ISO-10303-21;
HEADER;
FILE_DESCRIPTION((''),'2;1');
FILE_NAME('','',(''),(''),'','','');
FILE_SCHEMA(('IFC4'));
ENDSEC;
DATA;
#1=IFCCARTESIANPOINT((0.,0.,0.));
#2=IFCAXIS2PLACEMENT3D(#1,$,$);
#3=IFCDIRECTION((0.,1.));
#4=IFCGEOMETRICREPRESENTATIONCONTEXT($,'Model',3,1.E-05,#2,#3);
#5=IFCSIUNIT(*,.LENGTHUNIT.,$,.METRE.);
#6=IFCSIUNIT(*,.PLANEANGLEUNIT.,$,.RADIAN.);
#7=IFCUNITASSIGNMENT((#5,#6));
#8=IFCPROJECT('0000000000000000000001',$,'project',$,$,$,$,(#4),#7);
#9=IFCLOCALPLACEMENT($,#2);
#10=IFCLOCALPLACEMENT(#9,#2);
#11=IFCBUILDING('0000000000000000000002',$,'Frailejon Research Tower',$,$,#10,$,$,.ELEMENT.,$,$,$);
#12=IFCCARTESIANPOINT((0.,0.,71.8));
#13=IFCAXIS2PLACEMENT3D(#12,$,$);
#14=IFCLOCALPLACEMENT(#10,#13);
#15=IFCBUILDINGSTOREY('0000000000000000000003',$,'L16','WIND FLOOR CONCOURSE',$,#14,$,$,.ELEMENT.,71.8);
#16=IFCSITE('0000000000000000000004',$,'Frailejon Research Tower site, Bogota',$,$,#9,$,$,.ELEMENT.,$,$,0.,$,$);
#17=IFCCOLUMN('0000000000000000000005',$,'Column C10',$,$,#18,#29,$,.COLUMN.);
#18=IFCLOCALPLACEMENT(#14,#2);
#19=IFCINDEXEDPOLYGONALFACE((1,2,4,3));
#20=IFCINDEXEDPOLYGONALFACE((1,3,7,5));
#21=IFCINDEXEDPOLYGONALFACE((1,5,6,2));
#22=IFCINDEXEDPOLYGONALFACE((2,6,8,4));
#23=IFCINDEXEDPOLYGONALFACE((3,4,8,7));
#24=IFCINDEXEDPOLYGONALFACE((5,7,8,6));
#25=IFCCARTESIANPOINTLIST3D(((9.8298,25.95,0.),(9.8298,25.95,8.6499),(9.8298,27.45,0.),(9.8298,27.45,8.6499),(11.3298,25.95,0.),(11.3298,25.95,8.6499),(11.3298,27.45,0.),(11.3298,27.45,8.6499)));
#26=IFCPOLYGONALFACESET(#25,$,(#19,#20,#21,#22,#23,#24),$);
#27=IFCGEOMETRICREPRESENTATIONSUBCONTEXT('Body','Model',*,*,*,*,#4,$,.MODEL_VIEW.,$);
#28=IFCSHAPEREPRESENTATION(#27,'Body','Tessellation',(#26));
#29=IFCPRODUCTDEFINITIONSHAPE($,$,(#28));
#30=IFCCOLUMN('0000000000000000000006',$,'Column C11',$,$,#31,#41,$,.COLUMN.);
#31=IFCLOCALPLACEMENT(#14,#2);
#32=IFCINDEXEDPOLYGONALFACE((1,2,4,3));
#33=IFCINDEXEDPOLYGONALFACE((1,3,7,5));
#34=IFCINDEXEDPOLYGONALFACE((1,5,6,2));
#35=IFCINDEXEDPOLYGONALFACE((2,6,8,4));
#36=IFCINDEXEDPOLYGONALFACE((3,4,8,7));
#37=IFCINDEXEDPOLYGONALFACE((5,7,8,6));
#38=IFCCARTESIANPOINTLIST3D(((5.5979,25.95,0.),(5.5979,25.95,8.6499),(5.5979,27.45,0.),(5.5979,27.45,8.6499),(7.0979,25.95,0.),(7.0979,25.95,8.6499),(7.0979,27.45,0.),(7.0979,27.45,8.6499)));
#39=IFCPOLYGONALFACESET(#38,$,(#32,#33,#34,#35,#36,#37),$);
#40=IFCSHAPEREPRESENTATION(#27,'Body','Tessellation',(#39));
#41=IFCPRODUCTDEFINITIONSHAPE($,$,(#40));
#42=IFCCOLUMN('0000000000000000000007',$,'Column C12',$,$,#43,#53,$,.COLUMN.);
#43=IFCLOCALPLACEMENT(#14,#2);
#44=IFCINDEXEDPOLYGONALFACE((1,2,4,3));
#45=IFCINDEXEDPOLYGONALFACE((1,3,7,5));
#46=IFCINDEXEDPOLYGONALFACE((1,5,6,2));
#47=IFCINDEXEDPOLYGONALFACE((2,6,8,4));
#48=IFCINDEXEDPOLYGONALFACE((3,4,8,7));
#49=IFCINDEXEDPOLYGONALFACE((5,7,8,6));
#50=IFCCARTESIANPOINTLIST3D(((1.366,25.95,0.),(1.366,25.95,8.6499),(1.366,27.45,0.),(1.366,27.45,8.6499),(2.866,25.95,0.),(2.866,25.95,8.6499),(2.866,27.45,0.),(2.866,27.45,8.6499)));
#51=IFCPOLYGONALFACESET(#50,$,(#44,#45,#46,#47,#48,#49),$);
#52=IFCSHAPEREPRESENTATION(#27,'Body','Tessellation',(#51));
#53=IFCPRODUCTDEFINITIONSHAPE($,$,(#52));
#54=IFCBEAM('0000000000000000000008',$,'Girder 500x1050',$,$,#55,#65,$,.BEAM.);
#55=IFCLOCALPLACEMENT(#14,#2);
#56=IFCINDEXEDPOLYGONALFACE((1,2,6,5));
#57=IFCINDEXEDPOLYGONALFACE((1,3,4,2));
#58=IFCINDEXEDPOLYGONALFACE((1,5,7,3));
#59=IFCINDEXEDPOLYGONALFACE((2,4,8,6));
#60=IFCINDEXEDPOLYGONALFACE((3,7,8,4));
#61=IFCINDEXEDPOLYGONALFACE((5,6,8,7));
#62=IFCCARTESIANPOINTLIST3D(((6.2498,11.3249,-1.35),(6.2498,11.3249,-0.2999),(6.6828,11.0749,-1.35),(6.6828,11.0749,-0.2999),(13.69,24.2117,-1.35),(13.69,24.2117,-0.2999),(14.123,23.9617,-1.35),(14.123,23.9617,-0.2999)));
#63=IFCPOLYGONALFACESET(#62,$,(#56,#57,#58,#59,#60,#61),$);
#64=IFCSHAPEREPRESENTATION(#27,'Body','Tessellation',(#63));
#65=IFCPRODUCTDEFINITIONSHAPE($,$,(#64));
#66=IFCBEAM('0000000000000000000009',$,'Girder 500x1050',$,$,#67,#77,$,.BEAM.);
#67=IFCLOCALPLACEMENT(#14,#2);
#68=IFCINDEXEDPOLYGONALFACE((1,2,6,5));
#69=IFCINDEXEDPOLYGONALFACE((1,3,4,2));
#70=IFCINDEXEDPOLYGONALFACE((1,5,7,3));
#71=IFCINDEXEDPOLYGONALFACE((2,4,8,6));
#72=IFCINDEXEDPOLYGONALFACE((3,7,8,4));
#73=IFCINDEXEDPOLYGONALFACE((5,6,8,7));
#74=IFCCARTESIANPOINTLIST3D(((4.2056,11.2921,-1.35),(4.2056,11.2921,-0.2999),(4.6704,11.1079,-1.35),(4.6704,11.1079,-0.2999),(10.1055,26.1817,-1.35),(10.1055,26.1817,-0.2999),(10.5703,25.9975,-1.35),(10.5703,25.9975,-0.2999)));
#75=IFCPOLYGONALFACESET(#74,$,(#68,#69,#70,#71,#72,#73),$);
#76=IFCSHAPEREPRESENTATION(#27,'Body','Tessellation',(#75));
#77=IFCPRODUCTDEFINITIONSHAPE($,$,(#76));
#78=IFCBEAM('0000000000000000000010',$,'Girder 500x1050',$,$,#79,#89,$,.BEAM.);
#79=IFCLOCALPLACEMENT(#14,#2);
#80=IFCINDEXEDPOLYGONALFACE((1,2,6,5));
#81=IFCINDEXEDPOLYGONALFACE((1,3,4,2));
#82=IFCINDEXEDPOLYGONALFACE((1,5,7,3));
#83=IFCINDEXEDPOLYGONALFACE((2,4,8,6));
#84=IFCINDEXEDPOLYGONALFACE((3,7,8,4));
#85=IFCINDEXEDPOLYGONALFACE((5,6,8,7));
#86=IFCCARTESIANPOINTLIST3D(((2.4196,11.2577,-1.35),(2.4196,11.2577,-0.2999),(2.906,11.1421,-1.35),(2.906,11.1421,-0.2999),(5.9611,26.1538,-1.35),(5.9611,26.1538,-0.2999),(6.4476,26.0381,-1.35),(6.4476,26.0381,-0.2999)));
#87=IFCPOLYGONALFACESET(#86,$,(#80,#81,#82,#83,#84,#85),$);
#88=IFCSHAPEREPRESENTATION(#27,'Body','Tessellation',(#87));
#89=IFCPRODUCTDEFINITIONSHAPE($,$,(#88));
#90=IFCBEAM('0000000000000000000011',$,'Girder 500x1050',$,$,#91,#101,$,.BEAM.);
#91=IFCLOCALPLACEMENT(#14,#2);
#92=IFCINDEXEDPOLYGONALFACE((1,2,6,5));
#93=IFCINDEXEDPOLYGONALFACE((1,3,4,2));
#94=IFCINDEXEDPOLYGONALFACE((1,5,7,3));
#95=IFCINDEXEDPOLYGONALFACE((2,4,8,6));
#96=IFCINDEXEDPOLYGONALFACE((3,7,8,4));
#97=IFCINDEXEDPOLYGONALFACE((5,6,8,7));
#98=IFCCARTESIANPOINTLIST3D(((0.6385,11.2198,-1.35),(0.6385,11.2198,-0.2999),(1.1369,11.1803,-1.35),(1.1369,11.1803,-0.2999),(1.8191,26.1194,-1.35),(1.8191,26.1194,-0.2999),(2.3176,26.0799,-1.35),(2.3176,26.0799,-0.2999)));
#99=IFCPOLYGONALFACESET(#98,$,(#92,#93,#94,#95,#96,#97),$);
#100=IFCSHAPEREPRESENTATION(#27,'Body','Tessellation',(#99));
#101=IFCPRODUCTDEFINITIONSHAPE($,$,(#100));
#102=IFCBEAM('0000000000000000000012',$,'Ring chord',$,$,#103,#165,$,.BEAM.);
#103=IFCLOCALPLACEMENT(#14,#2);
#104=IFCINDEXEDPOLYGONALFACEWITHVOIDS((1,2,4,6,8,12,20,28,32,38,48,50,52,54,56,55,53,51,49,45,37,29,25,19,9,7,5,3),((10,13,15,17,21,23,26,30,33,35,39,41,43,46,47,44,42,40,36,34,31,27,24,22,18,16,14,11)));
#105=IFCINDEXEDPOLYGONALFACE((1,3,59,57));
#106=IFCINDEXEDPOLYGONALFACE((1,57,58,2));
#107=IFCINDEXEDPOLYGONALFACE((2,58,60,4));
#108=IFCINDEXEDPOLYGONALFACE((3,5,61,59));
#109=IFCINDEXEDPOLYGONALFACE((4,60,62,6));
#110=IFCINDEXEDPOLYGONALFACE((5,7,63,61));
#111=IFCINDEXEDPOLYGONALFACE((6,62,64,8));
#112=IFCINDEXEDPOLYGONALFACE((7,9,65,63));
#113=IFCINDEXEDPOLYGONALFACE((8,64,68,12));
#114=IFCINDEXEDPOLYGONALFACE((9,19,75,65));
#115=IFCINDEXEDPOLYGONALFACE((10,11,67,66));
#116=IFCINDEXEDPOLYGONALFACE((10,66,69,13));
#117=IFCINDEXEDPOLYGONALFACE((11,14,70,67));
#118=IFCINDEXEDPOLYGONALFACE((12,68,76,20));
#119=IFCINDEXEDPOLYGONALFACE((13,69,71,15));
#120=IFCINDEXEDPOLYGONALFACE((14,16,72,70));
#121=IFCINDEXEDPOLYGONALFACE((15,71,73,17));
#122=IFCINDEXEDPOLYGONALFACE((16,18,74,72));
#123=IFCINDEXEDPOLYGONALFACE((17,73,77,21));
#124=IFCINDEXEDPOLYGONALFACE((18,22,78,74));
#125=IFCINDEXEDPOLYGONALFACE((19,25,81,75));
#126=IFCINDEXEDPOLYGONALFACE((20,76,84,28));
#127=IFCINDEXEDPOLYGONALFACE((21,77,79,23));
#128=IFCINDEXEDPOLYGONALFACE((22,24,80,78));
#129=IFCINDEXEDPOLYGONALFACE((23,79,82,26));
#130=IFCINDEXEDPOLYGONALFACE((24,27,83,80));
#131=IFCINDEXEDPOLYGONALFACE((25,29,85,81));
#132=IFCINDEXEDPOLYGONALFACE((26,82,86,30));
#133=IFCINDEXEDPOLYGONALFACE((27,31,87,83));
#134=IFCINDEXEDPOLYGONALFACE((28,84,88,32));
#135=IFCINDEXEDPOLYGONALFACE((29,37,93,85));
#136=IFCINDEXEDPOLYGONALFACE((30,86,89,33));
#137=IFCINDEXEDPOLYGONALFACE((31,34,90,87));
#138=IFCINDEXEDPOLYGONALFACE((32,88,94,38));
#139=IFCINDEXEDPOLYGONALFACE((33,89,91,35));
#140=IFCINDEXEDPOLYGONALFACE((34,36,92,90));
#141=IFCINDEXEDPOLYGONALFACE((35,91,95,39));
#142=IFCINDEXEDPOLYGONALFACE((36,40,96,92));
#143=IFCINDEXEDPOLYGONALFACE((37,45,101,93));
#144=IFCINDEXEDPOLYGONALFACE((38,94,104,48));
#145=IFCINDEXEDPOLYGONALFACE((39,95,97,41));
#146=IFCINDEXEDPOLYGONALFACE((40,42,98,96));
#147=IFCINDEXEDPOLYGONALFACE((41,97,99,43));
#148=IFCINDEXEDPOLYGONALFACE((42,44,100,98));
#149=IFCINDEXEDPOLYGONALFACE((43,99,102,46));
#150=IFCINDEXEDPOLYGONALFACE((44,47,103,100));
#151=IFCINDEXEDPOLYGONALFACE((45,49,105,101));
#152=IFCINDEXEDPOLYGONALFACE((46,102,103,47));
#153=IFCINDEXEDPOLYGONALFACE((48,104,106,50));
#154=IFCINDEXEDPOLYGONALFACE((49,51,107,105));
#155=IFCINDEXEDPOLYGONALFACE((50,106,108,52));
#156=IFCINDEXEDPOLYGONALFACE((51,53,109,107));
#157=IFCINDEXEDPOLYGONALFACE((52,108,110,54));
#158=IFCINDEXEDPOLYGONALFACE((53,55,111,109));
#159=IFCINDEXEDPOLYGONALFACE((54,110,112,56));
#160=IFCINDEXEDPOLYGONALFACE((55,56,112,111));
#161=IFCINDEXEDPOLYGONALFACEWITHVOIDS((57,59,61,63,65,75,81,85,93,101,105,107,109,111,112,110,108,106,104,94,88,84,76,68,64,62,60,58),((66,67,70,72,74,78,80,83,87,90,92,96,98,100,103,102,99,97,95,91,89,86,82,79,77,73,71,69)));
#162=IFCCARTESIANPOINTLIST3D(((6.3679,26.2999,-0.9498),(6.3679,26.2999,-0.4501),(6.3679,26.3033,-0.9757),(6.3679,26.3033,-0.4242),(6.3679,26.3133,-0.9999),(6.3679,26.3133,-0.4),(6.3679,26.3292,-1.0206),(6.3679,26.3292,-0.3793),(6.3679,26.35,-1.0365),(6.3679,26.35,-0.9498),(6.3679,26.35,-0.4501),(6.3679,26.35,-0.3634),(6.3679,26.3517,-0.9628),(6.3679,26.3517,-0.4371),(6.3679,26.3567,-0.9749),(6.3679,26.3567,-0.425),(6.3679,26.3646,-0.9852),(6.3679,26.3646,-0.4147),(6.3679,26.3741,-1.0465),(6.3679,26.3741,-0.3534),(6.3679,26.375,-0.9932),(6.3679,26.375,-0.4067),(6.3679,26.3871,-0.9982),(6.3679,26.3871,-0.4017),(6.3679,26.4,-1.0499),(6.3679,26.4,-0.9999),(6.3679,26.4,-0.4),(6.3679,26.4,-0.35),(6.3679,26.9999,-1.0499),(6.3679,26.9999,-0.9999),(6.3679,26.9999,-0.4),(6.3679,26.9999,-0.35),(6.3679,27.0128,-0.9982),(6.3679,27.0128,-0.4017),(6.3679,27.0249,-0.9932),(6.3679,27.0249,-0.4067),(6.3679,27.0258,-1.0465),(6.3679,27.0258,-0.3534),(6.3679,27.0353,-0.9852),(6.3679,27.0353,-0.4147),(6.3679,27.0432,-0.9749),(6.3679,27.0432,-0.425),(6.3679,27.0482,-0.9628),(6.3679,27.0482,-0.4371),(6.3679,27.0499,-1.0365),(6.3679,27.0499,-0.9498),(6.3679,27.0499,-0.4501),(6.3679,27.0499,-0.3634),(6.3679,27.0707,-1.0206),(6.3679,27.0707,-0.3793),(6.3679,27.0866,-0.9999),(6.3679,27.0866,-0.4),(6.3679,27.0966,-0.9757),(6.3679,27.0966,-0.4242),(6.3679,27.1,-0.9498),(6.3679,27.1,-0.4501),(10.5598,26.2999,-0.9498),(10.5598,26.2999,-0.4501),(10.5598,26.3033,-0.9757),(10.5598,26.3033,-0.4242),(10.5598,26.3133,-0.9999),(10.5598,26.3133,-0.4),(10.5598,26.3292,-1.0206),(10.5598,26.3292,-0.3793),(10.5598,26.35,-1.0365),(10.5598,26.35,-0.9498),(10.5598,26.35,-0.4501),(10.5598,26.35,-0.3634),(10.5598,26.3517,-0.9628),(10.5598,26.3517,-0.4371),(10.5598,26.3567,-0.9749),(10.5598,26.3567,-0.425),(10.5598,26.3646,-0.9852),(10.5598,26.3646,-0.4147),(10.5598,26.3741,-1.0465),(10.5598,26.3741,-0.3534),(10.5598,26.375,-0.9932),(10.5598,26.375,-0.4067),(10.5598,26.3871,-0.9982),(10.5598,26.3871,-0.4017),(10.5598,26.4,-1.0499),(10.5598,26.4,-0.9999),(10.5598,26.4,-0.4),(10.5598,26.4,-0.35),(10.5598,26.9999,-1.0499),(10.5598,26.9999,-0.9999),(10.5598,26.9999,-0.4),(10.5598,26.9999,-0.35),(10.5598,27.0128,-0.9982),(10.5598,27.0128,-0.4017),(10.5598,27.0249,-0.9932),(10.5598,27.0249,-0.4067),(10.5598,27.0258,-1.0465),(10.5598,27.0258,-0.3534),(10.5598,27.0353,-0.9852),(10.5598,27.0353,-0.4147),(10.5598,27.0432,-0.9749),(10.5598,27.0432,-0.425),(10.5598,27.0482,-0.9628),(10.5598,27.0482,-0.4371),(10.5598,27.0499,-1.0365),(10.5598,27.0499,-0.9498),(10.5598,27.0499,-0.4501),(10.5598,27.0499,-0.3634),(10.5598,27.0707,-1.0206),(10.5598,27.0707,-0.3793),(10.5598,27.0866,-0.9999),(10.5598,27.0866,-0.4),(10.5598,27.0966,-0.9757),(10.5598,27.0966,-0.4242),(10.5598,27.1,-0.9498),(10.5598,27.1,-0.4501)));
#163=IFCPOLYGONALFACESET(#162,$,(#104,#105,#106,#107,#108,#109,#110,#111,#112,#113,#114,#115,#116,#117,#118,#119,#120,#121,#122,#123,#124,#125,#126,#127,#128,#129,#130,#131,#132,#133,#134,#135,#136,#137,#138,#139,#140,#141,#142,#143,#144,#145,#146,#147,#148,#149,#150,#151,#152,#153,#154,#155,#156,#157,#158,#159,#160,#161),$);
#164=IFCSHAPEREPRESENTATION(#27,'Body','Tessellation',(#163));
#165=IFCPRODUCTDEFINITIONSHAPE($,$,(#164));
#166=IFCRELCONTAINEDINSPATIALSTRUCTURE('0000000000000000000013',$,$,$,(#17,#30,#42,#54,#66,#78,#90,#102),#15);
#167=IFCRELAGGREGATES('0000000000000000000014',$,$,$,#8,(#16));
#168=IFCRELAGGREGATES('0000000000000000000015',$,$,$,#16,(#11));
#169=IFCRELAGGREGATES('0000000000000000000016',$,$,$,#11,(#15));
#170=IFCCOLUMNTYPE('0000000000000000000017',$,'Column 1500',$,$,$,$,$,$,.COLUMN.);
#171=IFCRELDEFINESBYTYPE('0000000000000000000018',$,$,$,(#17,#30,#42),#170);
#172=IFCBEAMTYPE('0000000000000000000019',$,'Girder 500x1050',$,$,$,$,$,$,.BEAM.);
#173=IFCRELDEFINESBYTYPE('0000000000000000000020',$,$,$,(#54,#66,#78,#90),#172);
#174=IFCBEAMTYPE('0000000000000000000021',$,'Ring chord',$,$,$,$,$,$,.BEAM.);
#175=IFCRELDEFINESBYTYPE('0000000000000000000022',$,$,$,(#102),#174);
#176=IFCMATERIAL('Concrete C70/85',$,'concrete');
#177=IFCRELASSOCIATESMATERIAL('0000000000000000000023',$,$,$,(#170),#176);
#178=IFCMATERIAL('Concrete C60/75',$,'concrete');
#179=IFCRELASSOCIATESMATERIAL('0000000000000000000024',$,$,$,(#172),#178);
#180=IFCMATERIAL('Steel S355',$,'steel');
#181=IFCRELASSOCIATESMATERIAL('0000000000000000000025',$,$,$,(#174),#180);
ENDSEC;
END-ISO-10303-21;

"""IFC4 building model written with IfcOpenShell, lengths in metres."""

from ifc_helpers import new_model, si_unit, direction, frame, origin, origin_2d, place, context, subcontext, project, spatial, rectangle, hollow_rectangle, extrude, material, material_profile, profile_set, type_object, element, save


model = new_model("IFC4")

# Units and contexts
model_context = context("Model", 3, precision=1e-05, world=origin(), true_north=direction((0.0, 1.0)))
body_context = subcontext(model_context, "Body", "Model", "MODEL_VIEW")
ifc_project = project(units=[si_unit("LENGTHUNIT", "METRE"), si_unit("PLANEANGLEUNIT", "RADIAN")], contexts=[model_context])

# Site, building, storey
site_placement = place(None, origin())
site = spatial("IfcSite", under=ifc_project, at=site_placement, Name="Frailejon Research Tower site, Bogota", CompositionType="ELEMENT", RefElevation=0.0)
building_placement = place(site_placement, origin())
building = spatial("IfcBuilding", under=site, at=building_placement, Name="Frailejon Research Tower", CompositionType="ELEMENT")
storey_placement = place(building_placement, frame((0.0, 0.0, 71.8)))
storey = spatial("IfcBuildingStorey", under=building, at=storey_placement, Name="L16", Description="WIND FLOOR CONCOURSE", CompositionType="ELEMENT", Elevation=71.8)

# Columns
ifc_material_1 = material(Name="Concrete C70/85", Category="concrete")
ifc_material_profile_1 = material_profile(ifc_material_1, rectangle(XDim=1.5, YDim=1.5, at=origin_2d()), Name="Column 1500")
ifc_profile_set_1 = profile_set([ifc_material_profile_1], Name="Concrete C70/85")
column_type = type_object("IfcColumnType", Name="Column 1500", PredefinedType="COLUMN", material=ifc_profile_set_1)
for number, where, z_axis, x_axis, name in (
    (1, (10.5798, 26.7, 0.0), (0.0, 0.0, 1.0), (-1.0, 0.0, 0.0), "Column C10"),
    (2, (6.3479, 26.7, 0.0), (0.0, 0.0, 1.0), (-1.0, 0.0, 0.0), "Column C11"),
    (3, (2.116, 26.7, 0.0), (0.0, 0.0, 1.0), (-1.0, 0.0, 0.0), "Column C12"),
):
    element("IfcColumn", number, at=place(storey_placement, frame(where, z_axis=z_axis, x_axis=x_axis)), inside=storey, type_object=column_type, Name=name, PredefinedType="COLUMN", context=body_context, shape_type="SweptSolid", body=[
        extrude(rectangle(XDim=1.5, YDim=1.5, at=origin_2d()), origin(), (0.0, 0.0, 1.0), 8.6499),
    ])

# Beams
ifc_material_2 = material(Name="Concrete C60/75", Category="concrete")
ifc_material_profile_2 = material_profile(ifc_material_2, rectangle(XDim=0.5, YDim=1.05, at=origin_2d()), Name="Girder 500x1050")
ifc_profile_set_2 = profile_set([ifc_material_profile_2], Name="Concrete C60/75")
beam_type_1 = type_object("IfcBeamType", Name="Girder 500x1050", PredefinedType="BEAM", material=ifc_profile_set_2)
beam_1_placement = place(storey_placement, frame((13.9065, 24.0867, -0.825), z_axis=(-0.500002, -0.866024, 0.0), x_axis=(0.866024, -0.500002, 0.0)))
element("IfcBeam", 4, at=beam_1_placement, inside=storey, type_object=beam_type_1, Name="Girder 500x1050", PredefinedType="BEAM", context=body_context, shape_type="SweptSolid", body=[
    extrude(rectangle(XDim=0.5, YDim=1.05, at=origin_2d()), origin(), (0.0, 0.0, 1.0), 14.8804),
])
beam_2_placement = place(storey_placement, frame((10.3379, 26.0896, -0.825), z_axis=(-0.368377, -0.929677, 0.0), x_axis=(0.929677, -0.368377, 0.0)))
element("IfcBeam", 5, at=beam_2_placement, inside=storey, type_object=beam_type_1, Name="Girder 500x1050", PredefinedType="BEAM", context=body_context, shape_type="SweptSolid", body=[
    extrude(rectangle(XDim=0.5, YDim=1.05, at=origin_2d()), origin(), (0.0, 0.0, 1.0), 16.0159),
])
beam_3_placement = place(storey_placement, frame((6.2043, 26.0959, -0.825), z_axis=(-0.231301, -0.972882, 0.0), x_axis=(0.972882, -0.231301, 0.0)))
element("IfcBeam", 6, at=beam_3_placement, inside=storey, type_object=beam_type_1, Name="Girder 500x1050", PredefinedType="BEAM", context=body_context, shape_type="SweptSolid", body=[
    extrude(rectangle(XDim=0.5, YDim=1.05, at=origin_2d()), origin(), (0.0, 0.0, 1.0), 15.3113),
])
beam_4_placement = place(storey_placement, frame((2.0684, 26.0996, -0.825), z_axis=(-0.078993, -0.996875, 0.0), x_axis=(0.996875, -0.078993, 0.0)))
element("IfcBeam", 7, at=beam_4_placement, inside=storey, type_object=beam_type_1, Name="Girder 500x1050", PredefinedType="BEAM", context=body_context, shape_type="SweptSolid", body=[
    extrude(rectangle(XDim=0.5, YDim=1.05, at=origin_2d()), origin(), (0.0, 0.0, 1.0), 14.9463),
])
ifc_material_3 = material(Name="Steel S355", Category="steel")
ifc_material_profile_3 = material_profile(ifc_material_3, hollow_rectangle(XDim=0.8, YDim=0.7, WallThickness=0.05, InnerFilletRadius=0.05, OuterFilletRadius=0.1001, at=origin_2d()), Name="Ring chord")
ifc_profile_set_3 = profile_set([ifc_material_profile_3], Name="Steel S355")
beam_type_2 = type_object("IfcBeamType", Name="Ring chord", PredefinedType="BEAM", material=ifc_profile_set_3)
for number, where, z_axis, x_axis, name in (
    (8, (10.5598, 26.7, -0.7), (-1.0, 0.0, 0.0), (0.0, -1.0, 0.0), "Ring chord"),
):
    element("IfcBeam", number, at=place(storey_placement, frame(where, z_axis=z_axis, x_axis=x_axis)), inside=storey, type_object=beam_type_2, Name=name, PredefinedType="BEAM", context=body_context, shape_type="SweptSolid", body=[
        extrude(hollow_rectangle(XDim=0.8, YDim=0.7, WallThickness=0.05, InnerFilletRadius=0.05, OuterFilletRadius=0.1001, at=origin_2d()), origin(), (0.0, 0.0, 1.0), 4.1919),
    ])

save(model, "model.ifc")
